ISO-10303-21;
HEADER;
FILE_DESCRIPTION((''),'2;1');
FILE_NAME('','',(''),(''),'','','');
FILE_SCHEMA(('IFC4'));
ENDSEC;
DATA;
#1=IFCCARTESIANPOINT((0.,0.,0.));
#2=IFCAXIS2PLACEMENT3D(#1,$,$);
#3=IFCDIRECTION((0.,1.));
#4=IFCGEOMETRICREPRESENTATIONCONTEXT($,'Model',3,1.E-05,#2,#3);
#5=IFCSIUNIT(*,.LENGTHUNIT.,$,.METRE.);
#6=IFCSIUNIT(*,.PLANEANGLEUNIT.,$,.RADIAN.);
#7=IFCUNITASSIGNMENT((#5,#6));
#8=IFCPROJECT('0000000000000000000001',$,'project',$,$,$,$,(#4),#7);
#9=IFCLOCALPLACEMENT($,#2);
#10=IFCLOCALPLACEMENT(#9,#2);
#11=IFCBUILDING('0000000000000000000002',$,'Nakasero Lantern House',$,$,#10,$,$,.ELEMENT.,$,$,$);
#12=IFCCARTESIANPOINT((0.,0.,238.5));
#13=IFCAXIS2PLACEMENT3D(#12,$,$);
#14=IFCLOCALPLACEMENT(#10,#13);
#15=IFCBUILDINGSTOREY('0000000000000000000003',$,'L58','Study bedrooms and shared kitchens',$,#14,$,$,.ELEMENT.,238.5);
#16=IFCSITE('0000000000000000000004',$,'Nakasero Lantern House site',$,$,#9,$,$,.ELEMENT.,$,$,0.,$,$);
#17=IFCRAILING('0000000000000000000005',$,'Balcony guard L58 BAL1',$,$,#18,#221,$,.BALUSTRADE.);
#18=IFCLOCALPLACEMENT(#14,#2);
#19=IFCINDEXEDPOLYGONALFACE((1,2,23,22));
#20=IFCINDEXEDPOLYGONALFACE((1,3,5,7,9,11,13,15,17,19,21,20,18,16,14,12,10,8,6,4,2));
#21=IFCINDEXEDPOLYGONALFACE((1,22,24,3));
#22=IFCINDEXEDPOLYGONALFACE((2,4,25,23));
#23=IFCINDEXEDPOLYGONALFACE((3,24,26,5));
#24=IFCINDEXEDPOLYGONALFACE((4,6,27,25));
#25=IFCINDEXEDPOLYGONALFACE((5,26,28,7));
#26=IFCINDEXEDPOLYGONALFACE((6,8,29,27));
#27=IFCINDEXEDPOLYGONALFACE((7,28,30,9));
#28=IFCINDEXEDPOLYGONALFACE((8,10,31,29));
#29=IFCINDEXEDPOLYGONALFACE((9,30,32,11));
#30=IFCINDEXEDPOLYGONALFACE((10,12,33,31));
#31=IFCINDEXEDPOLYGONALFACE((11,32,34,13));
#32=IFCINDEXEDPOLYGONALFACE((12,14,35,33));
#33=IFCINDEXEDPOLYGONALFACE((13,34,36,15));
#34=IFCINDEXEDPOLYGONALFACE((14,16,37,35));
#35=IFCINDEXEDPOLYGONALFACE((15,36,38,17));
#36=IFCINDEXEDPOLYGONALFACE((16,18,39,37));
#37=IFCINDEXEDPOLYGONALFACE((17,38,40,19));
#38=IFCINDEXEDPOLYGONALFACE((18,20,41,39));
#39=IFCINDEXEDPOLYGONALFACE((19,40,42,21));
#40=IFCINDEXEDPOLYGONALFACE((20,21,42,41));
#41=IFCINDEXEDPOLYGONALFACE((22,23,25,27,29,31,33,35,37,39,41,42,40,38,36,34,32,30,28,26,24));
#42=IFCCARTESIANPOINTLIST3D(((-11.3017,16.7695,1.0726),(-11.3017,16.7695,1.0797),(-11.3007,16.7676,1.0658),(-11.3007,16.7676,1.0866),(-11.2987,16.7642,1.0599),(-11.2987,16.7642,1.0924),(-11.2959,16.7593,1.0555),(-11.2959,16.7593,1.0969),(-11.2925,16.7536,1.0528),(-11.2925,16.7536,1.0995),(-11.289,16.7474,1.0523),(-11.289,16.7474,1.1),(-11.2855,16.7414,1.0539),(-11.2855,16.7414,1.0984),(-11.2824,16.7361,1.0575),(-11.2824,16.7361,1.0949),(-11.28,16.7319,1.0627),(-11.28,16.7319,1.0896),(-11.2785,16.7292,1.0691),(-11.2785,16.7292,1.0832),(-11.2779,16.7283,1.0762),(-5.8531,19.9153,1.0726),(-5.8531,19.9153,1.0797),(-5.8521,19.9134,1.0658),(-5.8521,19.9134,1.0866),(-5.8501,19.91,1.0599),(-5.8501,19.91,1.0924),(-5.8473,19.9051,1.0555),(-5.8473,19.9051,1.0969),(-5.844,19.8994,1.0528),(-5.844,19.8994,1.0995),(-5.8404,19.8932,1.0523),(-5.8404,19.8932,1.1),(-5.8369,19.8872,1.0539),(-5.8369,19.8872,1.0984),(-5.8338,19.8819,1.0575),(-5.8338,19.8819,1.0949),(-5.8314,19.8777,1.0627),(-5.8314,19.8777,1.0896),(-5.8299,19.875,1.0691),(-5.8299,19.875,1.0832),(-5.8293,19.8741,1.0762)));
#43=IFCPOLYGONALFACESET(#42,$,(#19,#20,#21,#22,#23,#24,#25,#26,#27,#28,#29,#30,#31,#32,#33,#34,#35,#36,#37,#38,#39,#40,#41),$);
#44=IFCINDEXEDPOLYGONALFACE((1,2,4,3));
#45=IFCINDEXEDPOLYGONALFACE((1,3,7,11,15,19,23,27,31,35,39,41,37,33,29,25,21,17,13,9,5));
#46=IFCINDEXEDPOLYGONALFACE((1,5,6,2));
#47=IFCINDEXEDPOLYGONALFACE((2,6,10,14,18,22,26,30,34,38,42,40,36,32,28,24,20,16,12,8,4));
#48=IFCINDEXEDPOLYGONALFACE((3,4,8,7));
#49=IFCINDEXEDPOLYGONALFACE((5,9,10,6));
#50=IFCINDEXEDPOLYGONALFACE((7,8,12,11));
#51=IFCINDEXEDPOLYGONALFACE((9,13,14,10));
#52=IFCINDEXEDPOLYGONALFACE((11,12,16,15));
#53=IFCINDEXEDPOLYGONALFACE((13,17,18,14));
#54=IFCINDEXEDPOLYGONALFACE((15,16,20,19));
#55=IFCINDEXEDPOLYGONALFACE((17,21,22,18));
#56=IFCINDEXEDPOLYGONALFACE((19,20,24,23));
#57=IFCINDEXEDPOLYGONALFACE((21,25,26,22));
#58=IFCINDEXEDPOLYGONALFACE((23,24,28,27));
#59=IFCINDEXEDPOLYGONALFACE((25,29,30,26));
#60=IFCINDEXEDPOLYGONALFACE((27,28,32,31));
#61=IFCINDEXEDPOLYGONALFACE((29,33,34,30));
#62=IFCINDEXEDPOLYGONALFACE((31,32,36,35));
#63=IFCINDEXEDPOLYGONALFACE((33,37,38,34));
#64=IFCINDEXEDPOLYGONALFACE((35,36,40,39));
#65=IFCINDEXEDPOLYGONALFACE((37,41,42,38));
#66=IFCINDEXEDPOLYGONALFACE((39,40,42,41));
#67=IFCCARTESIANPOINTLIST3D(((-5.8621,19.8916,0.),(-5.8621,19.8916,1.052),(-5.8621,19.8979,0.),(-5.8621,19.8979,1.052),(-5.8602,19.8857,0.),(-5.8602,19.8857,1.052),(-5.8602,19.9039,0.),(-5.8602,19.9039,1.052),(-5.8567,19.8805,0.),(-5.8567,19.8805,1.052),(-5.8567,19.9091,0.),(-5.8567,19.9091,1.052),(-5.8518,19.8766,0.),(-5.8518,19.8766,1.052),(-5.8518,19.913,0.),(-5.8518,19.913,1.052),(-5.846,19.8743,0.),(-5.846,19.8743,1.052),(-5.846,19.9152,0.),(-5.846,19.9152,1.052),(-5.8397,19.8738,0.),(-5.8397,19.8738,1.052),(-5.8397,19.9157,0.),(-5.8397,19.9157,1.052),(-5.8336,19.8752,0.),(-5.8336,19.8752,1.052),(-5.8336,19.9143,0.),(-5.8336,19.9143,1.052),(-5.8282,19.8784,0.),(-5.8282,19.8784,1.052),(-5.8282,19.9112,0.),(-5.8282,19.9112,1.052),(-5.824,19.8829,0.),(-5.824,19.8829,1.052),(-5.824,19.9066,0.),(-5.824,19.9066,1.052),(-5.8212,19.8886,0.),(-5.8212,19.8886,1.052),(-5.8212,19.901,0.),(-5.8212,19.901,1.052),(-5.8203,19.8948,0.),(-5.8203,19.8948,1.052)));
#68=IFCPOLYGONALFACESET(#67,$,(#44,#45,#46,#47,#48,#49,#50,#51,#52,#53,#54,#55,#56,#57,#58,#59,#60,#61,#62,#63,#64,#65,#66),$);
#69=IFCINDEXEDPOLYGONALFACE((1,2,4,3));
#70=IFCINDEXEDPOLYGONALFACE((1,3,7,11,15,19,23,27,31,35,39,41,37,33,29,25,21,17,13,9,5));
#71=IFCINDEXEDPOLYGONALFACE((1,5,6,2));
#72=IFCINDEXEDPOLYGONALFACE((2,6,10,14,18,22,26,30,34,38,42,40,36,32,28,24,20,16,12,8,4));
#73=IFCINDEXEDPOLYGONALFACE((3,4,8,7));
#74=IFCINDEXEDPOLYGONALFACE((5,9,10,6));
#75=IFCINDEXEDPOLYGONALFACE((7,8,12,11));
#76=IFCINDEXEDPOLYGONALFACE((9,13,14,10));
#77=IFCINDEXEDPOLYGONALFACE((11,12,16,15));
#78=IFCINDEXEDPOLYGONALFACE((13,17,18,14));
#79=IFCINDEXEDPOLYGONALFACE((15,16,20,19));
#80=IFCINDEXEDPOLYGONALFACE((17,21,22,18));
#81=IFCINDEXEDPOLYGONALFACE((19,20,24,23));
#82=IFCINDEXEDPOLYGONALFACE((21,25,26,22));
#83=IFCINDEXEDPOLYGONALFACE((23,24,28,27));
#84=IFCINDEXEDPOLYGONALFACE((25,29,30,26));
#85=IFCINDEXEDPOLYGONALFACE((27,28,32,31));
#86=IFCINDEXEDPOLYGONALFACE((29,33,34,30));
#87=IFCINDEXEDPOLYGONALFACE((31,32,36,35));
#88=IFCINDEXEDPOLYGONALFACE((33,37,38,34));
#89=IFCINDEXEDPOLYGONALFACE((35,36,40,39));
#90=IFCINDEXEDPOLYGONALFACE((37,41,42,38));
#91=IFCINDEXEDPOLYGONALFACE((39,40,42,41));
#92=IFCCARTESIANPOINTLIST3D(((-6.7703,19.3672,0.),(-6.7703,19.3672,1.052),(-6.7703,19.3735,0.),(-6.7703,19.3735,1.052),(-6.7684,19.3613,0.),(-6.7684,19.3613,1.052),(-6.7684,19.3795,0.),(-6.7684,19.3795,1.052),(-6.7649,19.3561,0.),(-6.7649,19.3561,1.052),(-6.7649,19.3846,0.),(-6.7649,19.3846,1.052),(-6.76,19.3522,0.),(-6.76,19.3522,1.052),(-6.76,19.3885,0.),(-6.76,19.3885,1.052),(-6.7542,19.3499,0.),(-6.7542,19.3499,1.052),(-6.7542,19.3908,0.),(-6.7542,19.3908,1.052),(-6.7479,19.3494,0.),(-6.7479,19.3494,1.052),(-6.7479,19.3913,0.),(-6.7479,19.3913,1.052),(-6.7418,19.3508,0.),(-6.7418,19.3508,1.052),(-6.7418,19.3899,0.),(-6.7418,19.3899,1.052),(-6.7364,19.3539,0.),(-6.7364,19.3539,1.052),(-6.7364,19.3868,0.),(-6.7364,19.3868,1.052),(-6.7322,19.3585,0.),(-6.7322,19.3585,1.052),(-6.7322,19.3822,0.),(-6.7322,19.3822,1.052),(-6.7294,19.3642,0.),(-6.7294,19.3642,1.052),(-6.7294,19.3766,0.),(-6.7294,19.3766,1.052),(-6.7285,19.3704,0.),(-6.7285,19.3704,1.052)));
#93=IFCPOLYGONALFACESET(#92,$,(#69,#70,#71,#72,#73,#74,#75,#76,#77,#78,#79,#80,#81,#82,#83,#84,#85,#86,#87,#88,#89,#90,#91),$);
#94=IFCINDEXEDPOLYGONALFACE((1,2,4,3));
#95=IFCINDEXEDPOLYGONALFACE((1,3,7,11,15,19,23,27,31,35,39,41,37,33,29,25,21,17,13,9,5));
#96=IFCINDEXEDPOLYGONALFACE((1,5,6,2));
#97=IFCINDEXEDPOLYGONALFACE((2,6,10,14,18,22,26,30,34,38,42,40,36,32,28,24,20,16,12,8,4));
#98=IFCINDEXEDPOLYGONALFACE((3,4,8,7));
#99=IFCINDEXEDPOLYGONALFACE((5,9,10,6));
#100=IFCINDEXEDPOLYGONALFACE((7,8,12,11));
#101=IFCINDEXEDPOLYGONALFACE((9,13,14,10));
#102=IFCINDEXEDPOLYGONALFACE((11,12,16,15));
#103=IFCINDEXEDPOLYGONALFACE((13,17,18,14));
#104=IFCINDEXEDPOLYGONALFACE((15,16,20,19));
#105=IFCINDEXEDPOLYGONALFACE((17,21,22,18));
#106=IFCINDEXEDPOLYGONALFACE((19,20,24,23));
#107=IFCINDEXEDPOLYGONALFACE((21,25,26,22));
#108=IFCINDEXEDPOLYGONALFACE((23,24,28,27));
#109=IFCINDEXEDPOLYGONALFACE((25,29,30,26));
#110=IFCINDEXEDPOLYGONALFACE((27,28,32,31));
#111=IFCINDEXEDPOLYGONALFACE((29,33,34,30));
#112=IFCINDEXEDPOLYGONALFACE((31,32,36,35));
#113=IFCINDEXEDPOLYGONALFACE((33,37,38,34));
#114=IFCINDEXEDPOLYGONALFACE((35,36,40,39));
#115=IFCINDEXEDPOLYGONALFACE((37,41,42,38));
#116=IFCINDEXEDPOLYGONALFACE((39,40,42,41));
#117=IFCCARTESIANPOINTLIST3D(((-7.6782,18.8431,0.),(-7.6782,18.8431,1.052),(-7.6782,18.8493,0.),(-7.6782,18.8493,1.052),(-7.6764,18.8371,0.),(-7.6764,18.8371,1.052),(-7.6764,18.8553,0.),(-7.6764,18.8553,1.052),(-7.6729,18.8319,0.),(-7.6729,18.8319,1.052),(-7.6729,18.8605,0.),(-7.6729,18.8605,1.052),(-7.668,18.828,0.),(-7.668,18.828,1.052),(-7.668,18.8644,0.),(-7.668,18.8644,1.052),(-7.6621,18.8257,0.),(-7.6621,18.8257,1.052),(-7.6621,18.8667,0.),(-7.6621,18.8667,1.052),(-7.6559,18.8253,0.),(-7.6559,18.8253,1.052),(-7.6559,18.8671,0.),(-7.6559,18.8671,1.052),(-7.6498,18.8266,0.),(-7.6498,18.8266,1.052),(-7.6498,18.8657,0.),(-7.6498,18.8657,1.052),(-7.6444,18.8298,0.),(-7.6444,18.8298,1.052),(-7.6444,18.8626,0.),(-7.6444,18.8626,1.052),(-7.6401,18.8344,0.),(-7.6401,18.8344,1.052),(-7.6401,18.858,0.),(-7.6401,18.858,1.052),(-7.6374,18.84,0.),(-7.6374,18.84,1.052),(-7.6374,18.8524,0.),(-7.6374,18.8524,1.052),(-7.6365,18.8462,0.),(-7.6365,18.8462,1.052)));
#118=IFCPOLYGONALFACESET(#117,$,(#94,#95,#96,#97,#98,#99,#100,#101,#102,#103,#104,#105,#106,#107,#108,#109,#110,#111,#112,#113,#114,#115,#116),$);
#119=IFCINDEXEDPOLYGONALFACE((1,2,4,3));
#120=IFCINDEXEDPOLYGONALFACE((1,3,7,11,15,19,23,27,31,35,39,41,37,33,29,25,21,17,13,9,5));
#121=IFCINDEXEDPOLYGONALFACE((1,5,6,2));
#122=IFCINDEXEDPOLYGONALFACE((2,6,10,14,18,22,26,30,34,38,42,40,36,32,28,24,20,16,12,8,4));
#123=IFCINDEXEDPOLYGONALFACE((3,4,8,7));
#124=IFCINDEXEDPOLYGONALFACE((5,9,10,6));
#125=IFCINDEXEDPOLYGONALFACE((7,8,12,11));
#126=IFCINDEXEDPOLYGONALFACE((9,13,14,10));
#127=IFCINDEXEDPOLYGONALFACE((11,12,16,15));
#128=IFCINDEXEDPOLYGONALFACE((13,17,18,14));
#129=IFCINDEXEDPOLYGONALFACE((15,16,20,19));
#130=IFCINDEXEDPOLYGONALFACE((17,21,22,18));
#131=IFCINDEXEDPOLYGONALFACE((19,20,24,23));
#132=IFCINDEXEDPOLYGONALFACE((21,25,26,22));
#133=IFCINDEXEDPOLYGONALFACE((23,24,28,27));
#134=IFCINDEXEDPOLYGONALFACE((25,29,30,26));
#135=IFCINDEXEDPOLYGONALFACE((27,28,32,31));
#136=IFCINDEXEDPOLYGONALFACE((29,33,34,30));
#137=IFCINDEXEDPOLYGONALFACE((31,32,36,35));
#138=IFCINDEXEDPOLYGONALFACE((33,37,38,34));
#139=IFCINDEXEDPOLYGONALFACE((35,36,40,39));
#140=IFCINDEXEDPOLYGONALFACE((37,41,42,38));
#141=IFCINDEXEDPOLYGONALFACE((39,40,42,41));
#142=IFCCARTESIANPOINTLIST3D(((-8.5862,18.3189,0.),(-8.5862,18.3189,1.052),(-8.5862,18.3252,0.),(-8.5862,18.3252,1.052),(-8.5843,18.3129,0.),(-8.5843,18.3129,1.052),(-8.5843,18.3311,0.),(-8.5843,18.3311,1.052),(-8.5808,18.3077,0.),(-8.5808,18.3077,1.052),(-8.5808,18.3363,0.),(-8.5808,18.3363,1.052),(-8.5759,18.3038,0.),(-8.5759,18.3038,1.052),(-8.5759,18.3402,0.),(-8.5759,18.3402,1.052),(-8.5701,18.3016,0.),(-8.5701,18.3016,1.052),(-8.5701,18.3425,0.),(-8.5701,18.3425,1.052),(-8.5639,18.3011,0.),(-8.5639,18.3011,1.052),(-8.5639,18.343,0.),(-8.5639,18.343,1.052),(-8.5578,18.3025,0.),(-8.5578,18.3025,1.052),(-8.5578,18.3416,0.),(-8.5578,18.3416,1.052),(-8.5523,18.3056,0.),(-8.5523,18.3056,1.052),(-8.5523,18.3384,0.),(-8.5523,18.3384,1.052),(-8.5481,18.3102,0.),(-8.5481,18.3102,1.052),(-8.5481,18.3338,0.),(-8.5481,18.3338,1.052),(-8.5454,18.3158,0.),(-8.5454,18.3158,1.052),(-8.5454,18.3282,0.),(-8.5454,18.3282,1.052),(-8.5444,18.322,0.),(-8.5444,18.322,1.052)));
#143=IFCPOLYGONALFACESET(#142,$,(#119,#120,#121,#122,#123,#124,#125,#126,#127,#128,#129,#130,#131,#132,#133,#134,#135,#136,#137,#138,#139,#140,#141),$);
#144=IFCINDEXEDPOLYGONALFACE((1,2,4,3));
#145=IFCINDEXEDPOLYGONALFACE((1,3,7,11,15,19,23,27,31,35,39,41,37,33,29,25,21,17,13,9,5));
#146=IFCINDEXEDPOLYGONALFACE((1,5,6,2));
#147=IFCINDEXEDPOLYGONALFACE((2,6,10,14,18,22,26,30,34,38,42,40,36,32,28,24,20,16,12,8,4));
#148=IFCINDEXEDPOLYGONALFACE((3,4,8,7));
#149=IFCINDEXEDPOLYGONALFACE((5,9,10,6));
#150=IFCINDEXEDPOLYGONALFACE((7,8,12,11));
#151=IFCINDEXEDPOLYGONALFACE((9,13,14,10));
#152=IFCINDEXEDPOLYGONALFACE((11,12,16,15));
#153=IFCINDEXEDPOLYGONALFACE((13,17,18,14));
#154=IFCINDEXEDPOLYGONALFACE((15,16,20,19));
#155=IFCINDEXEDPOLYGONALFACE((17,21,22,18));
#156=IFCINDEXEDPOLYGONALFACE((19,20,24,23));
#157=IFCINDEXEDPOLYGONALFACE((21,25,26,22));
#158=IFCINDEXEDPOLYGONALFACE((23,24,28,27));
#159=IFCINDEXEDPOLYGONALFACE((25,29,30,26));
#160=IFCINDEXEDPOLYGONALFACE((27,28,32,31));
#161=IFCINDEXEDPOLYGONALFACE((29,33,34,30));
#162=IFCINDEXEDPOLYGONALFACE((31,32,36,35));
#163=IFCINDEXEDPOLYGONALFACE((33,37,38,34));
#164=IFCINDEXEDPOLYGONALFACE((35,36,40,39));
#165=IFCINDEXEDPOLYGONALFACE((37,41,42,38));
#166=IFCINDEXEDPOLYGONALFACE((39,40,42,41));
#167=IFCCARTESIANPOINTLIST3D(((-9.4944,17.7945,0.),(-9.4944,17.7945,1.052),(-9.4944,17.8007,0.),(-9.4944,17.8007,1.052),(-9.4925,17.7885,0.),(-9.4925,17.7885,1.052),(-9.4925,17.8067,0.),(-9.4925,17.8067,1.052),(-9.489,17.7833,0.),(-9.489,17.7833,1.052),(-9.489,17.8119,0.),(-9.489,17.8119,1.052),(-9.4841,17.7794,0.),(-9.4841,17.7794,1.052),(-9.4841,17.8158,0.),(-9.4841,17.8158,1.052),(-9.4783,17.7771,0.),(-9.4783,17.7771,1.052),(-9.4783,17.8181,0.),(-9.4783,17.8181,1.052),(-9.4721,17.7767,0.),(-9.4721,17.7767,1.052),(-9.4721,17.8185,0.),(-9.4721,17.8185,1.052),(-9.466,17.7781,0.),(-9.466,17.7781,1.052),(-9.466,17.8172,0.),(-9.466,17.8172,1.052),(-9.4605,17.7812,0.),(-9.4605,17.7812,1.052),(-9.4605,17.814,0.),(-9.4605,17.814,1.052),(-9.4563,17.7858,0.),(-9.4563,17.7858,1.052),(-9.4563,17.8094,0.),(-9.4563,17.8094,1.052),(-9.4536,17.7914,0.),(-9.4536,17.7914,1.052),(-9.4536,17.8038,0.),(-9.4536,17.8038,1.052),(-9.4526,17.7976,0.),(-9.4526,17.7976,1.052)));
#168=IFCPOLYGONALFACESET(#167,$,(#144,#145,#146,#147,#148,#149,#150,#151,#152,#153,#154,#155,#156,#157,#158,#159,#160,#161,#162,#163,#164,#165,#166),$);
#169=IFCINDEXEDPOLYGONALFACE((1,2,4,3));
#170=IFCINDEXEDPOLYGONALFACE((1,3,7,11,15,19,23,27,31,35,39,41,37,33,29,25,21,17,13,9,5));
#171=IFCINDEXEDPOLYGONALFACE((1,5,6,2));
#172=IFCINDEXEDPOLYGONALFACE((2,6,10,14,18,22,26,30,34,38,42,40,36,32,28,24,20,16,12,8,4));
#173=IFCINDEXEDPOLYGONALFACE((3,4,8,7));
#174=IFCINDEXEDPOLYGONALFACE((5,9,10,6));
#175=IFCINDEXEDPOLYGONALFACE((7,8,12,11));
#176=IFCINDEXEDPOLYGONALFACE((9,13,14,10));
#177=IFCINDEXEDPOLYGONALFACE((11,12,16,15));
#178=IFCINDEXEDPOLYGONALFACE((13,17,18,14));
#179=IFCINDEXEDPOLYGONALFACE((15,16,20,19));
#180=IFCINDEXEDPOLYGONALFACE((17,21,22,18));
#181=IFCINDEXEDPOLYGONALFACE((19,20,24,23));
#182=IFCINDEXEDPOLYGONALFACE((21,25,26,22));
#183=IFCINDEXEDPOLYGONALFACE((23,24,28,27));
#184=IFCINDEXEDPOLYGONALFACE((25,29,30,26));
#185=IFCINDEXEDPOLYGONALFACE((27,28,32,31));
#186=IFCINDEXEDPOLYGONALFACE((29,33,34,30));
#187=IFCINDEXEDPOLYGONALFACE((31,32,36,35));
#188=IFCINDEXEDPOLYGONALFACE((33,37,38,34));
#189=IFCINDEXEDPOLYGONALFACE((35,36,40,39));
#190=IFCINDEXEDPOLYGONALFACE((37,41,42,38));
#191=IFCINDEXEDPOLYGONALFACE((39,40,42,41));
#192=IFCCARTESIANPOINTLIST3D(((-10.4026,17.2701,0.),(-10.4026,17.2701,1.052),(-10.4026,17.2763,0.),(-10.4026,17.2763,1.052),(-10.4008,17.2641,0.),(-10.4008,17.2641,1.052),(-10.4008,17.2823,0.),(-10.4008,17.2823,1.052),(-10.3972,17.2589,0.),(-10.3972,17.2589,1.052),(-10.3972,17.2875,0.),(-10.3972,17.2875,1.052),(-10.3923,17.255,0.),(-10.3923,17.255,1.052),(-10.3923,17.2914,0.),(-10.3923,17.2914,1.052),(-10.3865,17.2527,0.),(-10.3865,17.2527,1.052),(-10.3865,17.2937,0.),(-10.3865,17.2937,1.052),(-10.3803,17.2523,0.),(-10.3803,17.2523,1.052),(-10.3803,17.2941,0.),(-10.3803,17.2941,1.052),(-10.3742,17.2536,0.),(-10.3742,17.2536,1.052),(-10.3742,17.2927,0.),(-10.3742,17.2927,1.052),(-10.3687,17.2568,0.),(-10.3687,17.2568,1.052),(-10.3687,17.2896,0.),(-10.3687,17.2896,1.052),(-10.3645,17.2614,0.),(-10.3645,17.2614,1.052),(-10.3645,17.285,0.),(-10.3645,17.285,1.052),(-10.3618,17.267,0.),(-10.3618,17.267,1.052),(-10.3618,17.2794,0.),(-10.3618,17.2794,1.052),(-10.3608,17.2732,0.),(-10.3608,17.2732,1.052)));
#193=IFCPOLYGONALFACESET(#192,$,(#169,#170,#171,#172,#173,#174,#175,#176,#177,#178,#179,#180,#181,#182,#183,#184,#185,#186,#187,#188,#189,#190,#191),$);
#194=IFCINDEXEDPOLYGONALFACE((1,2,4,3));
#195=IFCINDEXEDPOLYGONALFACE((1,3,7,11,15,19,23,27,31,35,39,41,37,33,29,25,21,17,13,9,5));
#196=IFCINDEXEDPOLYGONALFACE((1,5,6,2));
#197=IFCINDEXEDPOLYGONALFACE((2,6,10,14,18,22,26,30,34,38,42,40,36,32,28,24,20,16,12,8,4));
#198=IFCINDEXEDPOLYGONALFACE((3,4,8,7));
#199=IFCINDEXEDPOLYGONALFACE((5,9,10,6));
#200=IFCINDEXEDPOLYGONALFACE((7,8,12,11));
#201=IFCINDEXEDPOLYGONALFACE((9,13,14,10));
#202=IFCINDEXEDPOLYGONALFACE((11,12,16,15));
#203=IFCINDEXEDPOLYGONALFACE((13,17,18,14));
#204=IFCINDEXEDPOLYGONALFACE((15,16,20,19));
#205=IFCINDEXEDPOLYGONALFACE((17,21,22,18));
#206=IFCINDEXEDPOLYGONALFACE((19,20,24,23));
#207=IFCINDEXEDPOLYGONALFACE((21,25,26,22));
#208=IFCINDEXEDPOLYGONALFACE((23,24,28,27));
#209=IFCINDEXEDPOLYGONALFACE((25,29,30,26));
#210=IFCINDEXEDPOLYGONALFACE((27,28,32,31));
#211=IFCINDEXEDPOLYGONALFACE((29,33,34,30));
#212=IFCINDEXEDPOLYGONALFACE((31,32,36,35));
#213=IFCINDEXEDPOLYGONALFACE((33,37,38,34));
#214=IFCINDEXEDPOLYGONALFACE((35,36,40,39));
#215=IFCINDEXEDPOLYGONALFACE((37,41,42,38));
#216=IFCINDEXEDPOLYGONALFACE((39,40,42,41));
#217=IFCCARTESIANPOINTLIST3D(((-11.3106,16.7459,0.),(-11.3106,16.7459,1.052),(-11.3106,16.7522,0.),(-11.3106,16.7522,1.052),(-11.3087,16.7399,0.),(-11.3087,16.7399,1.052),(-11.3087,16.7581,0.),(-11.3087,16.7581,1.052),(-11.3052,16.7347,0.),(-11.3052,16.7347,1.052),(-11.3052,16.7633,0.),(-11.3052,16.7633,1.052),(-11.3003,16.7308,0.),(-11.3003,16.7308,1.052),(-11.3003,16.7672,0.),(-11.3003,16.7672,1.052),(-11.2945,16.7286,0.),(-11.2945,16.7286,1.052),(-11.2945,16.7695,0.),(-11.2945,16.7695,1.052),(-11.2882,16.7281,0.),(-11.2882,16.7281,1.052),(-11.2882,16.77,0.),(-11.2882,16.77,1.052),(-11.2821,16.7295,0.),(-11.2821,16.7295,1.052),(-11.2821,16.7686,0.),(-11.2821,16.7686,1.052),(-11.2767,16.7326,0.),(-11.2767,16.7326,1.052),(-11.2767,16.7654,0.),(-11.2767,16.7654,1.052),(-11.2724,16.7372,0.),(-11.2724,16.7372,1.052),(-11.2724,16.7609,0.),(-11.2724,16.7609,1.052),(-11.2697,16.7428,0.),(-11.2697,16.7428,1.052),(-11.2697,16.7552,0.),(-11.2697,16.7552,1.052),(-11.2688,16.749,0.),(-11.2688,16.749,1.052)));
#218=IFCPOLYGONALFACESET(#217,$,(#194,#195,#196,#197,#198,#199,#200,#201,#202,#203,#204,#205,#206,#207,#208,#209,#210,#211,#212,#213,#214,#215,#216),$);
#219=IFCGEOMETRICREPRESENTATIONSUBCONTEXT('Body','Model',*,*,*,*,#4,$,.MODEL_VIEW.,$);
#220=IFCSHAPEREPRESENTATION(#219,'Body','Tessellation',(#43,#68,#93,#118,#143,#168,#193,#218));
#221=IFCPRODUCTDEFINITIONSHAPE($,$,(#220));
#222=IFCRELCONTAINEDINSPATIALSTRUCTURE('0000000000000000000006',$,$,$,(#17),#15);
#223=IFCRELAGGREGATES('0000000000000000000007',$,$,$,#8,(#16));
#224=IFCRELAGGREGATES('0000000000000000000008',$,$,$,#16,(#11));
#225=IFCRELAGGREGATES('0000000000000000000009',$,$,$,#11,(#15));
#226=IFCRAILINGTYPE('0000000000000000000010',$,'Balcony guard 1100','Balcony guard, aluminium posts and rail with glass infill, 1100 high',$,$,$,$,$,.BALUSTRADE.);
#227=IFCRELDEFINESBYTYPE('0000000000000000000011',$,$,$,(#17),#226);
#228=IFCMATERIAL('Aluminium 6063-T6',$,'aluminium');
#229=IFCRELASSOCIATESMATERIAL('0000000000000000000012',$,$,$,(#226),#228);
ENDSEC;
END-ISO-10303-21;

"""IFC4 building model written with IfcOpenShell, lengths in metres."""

from ifc_helpers import new_model, si_unit, direction, frame, origin, origin_2d, place, context, subcontext, project, spatial, circle, extrude, material, type_object, element, save


model = new_model("IFC4")

# Units and contexts
model_context = context("Model", 3, precision=1e-05, world=origin(), true_north=direction((0.0, 1.0)))
body_context = subcontext(model_context, "Body", "Model", "MODEL_VIEW")
ifc_project = project(units=[si_unit("LENGTHUNIT", "METRE"), si_unit("PLANEANGLEUNIT", "RADIAN")], contexts=[model_context])

# Site, building, storey
site_placement = place(None, origin())
site = spatial("IfcSite", under=ifc_project, at=site_placement, Name="Nakasero Lantern House site", CompositionType="ELEMENT", RefElevation=0.0)
building_placement = place(site_placement, origin())
building = spatial("IfcBuilding", under=site, at=building_placement, Name="Nakasero Lantern House", CompositionType="ELEMENT")
storey_placement = place(building_placement, frame((0.0, 0.0, 238.5)))
storey = spatial("IfcBuildingStorey", under=building, at=storey_placement, Name="L58", Description="Study bedrooms and shared kitchens", CompositionType="ELEMENT", Elevation=238.5)

# Railing
ifc_material_1 = material(Name="Aluminium 6063-T6", Category="aluminium")
railing_type = type_object("IfcRailingType", Name="Balcony guard 1100", Description="Balcony guard, aluminium posts and rail with glass infill, 1100 high", PredefinedType="BALUSTRADE", material=ifc_material_1)
railing_placement = place(storey_placement, frame((-5.8413, 19.8948, 0.0)))
element("IfcRailing", 1, at=railing_placement, inside=storey, type_object=railing_type, Name="Balcony guard L58 BAL1", PredefinedType="BALUSTRADE", context=body_context, shape_type="SweptSolid", body=[
    extrude(circle(Radius=0.0239, at=origin_2d()), frame((0.0, 0.0, 1.0762), z_axis=(-0.866021, -0.500008, 0.0), x_axis=(0.500008, -0.866021, 0.0)), (0.0, 0.0, 1.0), 6.2915),
    extrude(circle(Radius=0.021, at=origin_2d()), origin(), (0.0, 0.0, 1.0), 1.052),
    extrude(circle(Radius=0.021, at=origin_2d()), frame((-0.9082, -0.5244, 0.0)), (0.0, 0.0, 1.0), 1.052),
    extrude(circle(Radius=0.021, at=origin_2d()), frame((-1.8162, -1.0486, 0.0)), (0.0, 0.0, 1.0), 1.052),
    extrude(circle(Radius=0.021, at=origin_2d()), frame((-2.7241, -1.5728, 0.0)), (0.0, 0.0, 1.0), 1.052),
    extrude(circle(Radius=0.021, at=origin_2d()), frame((-3.6323, -2.0972, 0.0)), (0.0, 0.0, 1.0), 1.052),
    extrude(circle(Radius=0.021, at=origin_2d()), frame((-4.5405, -2.6216, 0.0)), (0.0, 0.0, 1.0), 1.052),
    extrude(circle(Radius=0.021, at=origin_2d()), frame((-5.4485, -3.1458, 0.0)), (0.0, 0.0, 1.0), 1.052),
])

save(model, "model.ifc")
